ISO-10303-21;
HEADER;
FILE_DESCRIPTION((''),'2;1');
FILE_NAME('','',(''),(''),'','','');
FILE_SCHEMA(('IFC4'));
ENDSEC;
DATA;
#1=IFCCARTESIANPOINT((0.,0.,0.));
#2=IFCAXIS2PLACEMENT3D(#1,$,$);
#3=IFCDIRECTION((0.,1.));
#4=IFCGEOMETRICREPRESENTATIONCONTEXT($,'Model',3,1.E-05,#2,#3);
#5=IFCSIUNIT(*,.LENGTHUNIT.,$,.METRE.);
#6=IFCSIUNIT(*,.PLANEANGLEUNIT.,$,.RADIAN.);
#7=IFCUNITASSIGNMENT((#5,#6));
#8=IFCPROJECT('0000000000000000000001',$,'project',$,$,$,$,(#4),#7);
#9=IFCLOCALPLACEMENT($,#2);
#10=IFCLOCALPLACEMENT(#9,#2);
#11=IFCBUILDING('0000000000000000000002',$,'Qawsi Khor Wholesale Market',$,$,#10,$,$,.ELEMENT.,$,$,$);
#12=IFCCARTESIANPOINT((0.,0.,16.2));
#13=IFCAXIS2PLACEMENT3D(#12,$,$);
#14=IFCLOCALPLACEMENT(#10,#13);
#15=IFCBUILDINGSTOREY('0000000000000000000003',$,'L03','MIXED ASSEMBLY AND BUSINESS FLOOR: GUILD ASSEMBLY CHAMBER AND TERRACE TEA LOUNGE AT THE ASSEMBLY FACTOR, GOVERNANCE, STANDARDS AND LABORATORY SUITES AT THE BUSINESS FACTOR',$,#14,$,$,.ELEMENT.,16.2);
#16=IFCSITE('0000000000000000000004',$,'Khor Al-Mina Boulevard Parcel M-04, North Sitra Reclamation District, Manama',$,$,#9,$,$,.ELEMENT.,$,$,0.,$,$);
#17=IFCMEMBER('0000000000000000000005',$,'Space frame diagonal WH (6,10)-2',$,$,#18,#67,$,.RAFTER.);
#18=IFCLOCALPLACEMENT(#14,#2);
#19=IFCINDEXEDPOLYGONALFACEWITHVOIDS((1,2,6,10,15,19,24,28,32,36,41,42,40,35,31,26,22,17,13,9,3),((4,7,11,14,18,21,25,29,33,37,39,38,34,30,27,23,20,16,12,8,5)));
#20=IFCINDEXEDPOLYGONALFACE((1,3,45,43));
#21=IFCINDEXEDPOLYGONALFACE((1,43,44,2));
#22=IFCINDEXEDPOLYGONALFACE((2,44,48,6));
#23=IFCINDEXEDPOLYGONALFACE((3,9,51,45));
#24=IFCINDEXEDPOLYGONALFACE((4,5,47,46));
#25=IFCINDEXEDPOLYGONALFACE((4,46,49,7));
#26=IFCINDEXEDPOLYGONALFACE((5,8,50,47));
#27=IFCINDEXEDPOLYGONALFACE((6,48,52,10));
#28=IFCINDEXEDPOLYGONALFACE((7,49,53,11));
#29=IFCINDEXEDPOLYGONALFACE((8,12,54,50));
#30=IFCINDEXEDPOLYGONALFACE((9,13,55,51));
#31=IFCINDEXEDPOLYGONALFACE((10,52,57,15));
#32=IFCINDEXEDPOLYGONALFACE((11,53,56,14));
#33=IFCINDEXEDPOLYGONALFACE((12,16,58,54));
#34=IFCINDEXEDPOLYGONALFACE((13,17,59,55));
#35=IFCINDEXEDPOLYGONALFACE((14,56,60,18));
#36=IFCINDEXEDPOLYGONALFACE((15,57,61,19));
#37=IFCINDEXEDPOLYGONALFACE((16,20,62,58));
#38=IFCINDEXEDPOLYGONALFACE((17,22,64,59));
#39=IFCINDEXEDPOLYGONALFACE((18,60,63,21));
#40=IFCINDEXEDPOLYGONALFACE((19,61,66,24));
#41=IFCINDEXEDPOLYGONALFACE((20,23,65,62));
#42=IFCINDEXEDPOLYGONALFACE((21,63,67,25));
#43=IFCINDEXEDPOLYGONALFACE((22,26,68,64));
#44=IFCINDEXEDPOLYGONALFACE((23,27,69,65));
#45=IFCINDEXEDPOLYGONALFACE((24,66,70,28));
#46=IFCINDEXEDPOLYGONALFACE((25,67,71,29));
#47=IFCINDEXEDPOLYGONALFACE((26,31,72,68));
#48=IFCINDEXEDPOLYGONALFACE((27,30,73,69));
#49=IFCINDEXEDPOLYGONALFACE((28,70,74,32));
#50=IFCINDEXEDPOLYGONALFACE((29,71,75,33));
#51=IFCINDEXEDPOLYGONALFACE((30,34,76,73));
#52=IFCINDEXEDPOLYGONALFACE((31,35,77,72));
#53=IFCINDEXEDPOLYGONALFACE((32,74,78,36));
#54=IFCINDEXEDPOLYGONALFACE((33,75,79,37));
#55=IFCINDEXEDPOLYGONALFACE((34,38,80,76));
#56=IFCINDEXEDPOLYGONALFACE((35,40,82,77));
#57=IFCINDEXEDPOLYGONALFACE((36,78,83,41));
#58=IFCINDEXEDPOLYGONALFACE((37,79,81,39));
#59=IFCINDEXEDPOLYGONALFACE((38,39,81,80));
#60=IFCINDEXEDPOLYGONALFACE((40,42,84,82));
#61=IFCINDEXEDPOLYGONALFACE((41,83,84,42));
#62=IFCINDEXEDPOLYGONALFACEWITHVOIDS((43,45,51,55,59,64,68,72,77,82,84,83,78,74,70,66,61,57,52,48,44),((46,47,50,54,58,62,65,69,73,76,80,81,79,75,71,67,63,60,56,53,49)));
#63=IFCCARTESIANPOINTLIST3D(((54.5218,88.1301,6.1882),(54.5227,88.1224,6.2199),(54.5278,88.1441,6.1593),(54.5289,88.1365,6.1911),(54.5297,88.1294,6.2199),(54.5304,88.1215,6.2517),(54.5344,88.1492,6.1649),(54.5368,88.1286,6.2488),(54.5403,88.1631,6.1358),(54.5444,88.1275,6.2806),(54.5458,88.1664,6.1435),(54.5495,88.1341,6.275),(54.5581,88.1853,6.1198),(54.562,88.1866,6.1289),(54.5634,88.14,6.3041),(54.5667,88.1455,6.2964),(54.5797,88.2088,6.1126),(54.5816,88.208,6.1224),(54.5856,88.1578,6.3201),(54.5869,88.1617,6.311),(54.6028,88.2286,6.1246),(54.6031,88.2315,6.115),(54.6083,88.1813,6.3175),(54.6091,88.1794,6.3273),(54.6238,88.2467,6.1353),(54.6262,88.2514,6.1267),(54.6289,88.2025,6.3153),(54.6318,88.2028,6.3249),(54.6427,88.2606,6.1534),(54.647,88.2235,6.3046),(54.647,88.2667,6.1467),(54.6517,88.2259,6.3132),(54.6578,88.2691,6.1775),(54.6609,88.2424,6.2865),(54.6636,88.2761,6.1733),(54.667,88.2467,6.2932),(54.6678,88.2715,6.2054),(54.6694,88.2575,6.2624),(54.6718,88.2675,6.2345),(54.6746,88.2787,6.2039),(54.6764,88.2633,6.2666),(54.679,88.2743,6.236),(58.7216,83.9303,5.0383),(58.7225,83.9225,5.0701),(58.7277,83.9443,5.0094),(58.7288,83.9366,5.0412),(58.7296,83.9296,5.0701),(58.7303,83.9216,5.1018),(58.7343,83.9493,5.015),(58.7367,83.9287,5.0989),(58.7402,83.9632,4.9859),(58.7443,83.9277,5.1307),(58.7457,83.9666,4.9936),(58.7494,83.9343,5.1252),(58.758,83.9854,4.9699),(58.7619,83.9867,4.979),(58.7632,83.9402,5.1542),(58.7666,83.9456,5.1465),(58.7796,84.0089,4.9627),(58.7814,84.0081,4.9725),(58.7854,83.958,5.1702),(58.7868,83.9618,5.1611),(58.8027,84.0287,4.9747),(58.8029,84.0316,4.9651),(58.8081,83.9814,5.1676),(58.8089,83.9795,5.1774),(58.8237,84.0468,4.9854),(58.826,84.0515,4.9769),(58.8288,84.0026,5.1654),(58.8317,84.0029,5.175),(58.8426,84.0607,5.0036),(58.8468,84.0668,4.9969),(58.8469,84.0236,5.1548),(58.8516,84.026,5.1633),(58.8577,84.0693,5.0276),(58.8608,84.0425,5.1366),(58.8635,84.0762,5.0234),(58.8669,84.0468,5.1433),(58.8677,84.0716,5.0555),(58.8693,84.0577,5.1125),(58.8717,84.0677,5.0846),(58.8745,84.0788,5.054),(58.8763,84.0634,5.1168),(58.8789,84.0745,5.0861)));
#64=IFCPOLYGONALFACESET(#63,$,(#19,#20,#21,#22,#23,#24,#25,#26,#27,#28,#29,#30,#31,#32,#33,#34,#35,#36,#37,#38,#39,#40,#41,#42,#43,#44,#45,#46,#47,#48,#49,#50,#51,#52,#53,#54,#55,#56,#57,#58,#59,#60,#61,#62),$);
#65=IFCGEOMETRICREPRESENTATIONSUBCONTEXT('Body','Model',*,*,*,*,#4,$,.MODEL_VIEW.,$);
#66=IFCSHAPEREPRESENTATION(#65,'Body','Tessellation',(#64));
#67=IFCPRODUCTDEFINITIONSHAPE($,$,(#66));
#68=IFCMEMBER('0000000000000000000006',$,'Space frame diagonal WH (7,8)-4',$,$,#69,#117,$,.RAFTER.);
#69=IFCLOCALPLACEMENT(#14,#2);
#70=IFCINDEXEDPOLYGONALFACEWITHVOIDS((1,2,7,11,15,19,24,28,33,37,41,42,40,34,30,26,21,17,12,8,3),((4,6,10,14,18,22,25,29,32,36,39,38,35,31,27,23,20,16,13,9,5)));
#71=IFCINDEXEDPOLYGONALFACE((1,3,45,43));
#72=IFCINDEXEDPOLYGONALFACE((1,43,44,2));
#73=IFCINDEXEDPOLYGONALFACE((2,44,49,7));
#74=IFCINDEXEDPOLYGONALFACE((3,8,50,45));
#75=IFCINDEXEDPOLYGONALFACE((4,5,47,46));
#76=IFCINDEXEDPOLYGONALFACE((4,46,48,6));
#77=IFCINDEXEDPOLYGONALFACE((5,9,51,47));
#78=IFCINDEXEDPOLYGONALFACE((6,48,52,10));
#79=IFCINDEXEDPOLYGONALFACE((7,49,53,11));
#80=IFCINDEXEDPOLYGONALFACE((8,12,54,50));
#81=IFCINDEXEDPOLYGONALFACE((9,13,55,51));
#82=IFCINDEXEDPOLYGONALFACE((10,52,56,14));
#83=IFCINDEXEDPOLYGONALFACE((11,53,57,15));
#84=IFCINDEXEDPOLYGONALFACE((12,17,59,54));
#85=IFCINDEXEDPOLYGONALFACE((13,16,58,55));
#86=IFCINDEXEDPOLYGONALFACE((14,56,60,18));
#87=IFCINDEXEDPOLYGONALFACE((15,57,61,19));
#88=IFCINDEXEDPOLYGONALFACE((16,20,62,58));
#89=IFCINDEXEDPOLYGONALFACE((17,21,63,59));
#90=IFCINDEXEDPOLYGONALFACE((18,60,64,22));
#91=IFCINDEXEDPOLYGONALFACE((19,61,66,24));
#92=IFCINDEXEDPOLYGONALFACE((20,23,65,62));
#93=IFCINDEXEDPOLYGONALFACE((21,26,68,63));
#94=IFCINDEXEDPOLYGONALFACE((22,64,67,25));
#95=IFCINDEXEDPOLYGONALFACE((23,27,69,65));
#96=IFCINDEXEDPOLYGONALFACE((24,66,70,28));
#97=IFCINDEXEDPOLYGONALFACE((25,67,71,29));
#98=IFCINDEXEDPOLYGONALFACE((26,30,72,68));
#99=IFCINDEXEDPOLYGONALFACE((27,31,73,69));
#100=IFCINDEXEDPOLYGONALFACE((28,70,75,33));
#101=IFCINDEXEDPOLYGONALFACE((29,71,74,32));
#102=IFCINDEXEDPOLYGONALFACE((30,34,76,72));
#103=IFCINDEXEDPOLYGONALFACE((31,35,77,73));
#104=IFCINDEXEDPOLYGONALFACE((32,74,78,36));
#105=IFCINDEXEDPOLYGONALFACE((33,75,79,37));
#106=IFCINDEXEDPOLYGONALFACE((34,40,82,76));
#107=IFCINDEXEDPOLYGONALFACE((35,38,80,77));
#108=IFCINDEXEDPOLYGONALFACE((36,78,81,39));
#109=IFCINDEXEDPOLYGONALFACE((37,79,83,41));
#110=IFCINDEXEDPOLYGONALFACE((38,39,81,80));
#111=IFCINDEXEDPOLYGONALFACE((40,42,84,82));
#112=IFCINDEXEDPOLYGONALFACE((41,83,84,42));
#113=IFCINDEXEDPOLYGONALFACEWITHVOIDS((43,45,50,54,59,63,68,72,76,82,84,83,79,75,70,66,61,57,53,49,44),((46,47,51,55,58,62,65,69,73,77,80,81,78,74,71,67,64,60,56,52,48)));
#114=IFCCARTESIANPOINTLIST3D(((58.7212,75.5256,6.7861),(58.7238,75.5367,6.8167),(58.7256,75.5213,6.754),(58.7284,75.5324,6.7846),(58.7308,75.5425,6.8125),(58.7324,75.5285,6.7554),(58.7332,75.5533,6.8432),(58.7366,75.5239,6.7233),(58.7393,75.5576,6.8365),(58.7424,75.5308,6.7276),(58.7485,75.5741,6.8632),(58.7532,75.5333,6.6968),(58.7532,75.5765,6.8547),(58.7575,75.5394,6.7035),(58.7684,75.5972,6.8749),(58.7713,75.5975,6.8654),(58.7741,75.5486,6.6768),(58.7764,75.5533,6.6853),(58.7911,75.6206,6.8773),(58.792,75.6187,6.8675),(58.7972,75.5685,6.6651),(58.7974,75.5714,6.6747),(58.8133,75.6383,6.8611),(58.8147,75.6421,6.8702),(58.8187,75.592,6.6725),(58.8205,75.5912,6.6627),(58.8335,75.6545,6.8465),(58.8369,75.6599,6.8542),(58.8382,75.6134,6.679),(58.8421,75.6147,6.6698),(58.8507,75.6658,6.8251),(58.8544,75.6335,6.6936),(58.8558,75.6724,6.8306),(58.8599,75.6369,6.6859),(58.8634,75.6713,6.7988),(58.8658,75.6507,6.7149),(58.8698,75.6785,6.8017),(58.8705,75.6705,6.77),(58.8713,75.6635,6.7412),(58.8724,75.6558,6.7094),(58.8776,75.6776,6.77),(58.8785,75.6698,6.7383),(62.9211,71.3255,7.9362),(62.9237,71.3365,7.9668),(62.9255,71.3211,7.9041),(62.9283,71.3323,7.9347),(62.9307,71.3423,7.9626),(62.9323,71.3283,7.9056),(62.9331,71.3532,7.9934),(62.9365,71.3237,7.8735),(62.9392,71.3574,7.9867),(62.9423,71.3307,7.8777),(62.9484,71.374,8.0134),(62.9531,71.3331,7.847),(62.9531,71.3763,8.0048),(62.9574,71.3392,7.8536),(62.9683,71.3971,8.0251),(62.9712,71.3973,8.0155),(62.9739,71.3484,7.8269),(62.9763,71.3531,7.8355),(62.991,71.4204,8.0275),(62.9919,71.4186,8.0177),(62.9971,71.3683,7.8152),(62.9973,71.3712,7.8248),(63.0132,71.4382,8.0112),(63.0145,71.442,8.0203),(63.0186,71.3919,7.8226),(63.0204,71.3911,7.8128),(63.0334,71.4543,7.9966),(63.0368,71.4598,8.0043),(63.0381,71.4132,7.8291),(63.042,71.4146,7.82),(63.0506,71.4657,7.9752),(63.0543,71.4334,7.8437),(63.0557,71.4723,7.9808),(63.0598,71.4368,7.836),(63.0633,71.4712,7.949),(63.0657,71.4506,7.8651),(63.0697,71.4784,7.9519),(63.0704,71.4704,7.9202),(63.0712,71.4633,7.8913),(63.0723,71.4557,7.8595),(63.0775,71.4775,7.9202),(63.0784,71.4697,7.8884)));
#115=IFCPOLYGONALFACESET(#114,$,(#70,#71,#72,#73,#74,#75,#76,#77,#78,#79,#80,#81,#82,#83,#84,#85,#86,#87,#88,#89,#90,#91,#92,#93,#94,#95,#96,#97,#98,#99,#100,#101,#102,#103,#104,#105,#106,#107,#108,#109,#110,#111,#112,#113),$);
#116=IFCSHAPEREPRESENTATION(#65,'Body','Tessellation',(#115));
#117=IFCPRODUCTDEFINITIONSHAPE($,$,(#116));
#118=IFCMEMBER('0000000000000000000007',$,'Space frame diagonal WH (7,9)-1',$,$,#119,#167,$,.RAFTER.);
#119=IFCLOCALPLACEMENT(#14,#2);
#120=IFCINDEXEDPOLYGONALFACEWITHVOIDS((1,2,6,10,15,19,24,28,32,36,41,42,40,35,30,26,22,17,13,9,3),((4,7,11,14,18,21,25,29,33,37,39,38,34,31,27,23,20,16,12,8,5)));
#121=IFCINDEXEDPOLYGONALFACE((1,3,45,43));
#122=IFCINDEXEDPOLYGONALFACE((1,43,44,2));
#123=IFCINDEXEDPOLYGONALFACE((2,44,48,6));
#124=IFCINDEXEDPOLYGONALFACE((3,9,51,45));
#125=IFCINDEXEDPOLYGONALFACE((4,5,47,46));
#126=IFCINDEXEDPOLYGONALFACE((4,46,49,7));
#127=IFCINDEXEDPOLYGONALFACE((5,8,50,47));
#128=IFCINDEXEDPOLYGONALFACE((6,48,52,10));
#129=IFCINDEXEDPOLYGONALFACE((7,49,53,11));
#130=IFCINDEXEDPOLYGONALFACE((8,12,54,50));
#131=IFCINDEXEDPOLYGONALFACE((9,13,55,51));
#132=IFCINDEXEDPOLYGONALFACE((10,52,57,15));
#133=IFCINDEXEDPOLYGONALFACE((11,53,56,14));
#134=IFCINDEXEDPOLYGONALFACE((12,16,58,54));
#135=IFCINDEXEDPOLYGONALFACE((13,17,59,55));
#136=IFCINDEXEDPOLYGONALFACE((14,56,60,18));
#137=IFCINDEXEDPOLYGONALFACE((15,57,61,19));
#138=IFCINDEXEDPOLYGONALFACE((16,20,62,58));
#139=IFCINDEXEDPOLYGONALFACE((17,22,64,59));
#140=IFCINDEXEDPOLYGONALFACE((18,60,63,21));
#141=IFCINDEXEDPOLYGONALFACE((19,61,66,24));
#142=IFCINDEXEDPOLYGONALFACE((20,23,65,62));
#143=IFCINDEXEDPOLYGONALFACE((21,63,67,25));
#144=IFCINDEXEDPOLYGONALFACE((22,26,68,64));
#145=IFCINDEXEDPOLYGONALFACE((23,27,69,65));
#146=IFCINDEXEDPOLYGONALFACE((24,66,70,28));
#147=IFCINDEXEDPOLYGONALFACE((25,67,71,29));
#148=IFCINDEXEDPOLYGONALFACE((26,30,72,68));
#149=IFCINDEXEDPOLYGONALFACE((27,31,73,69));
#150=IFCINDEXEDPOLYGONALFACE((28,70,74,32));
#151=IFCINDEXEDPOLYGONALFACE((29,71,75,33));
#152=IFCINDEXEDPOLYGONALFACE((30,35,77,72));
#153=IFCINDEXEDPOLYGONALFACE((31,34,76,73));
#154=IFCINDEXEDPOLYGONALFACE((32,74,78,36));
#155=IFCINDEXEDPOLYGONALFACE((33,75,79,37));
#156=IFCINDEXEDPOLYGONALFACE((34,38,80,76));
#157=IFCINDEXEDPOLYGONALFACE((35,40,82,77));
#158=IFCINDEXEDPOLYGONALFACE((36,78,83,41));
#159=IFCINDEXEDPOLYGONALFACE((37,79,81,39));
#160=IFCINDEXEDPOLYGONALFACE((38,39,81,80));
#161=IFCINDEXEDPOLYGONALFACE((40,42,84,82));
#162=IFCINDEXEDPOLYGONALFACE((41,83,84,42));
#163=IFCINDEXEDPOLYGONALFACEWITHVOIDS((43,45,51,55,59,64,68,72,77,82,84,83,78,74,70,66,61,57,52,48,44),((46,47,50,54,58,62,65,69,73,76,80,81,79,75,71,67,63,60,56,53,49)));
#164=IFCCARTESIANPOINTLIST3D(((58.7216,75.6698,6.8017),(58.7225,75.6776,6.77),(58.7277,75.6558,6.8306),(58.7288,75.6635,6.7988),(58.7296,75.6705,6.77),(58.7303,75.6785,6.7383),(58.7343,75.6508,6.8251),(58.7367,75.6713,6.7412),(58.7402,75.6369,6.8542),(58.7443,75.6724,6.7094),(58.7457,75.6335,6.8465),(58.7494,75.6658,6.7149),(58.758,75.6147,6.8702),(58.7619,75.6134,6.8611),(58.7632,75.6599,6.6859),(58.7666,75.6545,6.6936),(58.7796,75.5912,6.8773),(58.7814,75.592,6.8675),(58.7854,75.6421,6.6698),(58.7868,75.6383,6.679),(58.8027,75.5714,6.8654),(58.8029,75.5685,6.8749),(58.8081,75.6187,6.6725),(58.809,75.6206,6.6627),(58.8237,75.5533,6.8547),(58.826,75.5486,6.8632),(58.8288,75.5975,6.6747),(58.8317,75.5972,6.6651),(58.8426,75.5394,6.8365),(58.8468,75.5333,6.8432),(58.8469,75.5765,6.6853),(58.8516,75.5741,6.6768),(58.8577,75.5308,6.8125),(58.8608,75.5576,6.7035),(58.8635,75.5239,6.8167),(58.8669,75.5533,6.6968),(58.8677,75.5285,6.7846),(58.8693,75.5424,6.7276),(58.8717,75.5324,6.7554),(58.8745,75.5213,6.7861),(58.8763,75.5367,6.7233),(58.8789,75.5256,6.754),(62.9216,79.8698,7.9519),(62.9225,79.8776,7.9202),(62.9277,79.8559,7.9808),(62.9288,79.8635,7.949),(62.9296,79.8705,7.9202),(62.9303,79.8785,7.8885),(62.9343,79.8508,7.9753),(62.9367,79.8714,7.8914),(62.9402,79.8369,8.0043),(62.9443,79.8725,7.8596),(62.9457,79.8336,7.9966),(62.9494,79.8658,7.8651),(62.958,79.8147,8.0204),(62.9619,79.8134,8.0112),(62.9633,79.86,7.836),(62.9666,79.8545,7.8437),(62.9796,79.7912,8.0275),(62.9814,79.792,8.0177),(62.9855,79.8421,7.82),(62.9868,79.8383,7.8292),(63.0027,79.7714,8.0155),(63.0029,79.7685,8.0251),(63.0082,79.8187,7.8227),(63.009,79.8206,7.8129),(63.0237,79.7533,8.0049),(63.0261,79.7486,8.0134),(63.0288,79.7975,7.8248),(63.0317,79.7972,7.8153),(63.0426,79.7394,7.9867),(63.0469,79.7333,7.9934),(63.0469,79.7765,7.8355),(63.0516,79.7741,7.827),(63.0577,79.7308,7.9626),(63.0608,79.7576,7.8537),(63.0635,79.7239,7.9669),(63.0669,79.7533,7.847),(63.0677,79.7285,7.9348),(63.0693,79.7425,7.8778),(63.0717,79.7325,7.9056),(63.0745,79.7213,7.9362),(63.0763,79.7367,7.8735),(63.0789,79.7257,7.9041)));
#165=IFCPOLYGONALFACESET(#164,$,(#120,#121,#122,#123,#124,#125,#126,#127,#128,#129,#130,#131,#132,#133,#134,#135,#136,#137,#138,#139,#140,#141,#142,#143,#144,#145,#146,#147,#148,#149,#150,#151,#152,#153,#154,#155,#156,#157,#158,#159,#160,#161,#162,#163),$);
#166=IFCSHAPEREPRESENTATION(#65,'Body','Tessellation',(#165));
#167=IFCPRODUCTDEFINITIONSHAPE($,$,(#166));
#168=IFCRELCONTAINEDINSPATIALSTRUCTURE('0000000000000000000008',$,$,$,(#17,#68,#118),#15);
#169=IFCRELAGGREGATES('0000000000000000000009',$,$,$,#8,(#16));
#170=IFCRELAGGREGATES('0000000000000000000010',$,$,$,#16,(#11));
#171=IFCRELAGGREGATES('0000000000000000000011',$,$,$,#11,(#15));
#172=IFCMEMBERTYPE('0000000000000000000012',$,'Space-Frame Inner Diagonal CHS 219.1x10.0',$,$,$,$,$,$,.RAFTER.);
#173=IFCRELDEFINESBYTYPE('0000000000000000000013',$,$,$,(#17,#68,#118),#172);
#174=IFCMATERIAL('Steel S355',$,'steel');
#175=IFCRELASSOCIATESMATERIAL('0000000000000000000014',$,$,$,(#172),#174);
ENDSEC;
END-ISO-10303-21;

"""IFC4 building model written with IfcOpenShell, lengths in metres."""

from ifc_helpers import new_model, si_unit, direction, frame, origin, origin_2d, place, context, subcontext, project, spatial, hollow_circle, extrude, material, material_profile, profile_set, type_object, element, save


model = new_model("IFC4")

# Units and contexts
model_context = context("Model", 3, precision=1e-05, world=origin(), true_north=direction((0.0, 1.0)))
body_context = subcontext(model_context, "Body", "Model", "MODEL_VIEW")
ifc_project = project(units=[si_unit("LENGTHUNIT", "METRE"), si_unit("PLANEANGLEUNIT", "RADIAN")], contexts=[model_context])

# Site, building, storey
site_placement = place(None, origin())
site = spatial("IfcSite", under=ifc_project, at=site_placement, Name="Khor Al-Mina Boulevard Parcel M-04, North Sitra Reclamation District, Manama", CompositionType="ELEMENT", RefElevation=0.0)
building_placement = place(site_placement, origin())
building = spatial("IfcBuilding", under=site, at=building_placement, Name="Qawsi Khor Wholesale Market", CompositionType="ELEMENT")
storey_placement = place(building_placement, frame((0.0, 0.0, 16.2)))
storey = spatial("IfcBuildingStorey", under=building, at=storey_placement, Name="L03", Description="MIXED ASSEMBLY AND BUSINESS FLOOR: GUILD ASSEMBLY CHAMBER AND TERRACE TEA LOUNGE AT THE ASSEMBLY FACTOR, GOVERNANCE, STANDARDS AND LABORATORY SUITES AT THE BUSINESS FACTOR", CompositionType="ELEMENT", Elevation=16.2)

# Members
ifc_material_1 = material(Name="Steel S355", Category="steel")
ifc_material_profile_1 = material_profile(ifc_material_1, hollow_circle(Radius=0.1096, WallThickness=0.01, at=origin_2d()), Name="CHS 219.1x10.0")
ifc_profile_set_1 = profile_set([ifc_material_profile_1], Name="Steel S355")
member_type_1 = type_object("IfcMemberType", Name="Space-Frame Inner Diagonal CHS 219.1x10.0", PredefinedType="RAFTER", material=ifc_profile_set_1)
member_1_placement = place(storey_placement, frame((58.8, 84.0, 5.0701), z_axis=(-0.694217, 0.694217, 0.190069), x_axis=(-0.707107, -0.707107, 0.0)))
element("IfcMember", 1, at=member_1_placement, inside=storey, type_object=member_type_1, Name="Space frame diagonal WH (6,10)-2", PredefinedType="RAFTER", context=body_context, shape_type="SweptSolid", body=[
    extrude(hollow_circle(Radius=0.1096, WallThickness=0.01, at=origin_2d()), origin(), (0.0, 0.0, 1.0), 6.0498),
])
for number, where, z_axis, x_axis, name in (
    (2, (58.8, 75.6001, 6.77), (0.694192, -0.694232, 0.190103), (0.707127, 0.707086, 0.0), "Space frame diagonal WH (7,8)-4"),
    (3, (58.8, 75.6001, 6.77), (0.694211, 0.694211, 0.190108), (-0.707107, 0.707107, 0.0), "Space frame diagonal WH (7,9)-1"),
):
    element("IfcMember", number, at=place(storey_placement, frame(where, z_axis=z_axis, x_axis=x_axis)), inside=storey, type_object=member_type_1, Name=name, PredefinedType="RAFTER", context=body_context, shape_type="SweptSolid", body=[
        extrude(hollow_circle(Radius=0.1096, WallThickness=0.01, at=origin_2d()), origin(), (0.0, 0.0, 1.0), 6.05),
    ])

save(model, "model.ifc")
